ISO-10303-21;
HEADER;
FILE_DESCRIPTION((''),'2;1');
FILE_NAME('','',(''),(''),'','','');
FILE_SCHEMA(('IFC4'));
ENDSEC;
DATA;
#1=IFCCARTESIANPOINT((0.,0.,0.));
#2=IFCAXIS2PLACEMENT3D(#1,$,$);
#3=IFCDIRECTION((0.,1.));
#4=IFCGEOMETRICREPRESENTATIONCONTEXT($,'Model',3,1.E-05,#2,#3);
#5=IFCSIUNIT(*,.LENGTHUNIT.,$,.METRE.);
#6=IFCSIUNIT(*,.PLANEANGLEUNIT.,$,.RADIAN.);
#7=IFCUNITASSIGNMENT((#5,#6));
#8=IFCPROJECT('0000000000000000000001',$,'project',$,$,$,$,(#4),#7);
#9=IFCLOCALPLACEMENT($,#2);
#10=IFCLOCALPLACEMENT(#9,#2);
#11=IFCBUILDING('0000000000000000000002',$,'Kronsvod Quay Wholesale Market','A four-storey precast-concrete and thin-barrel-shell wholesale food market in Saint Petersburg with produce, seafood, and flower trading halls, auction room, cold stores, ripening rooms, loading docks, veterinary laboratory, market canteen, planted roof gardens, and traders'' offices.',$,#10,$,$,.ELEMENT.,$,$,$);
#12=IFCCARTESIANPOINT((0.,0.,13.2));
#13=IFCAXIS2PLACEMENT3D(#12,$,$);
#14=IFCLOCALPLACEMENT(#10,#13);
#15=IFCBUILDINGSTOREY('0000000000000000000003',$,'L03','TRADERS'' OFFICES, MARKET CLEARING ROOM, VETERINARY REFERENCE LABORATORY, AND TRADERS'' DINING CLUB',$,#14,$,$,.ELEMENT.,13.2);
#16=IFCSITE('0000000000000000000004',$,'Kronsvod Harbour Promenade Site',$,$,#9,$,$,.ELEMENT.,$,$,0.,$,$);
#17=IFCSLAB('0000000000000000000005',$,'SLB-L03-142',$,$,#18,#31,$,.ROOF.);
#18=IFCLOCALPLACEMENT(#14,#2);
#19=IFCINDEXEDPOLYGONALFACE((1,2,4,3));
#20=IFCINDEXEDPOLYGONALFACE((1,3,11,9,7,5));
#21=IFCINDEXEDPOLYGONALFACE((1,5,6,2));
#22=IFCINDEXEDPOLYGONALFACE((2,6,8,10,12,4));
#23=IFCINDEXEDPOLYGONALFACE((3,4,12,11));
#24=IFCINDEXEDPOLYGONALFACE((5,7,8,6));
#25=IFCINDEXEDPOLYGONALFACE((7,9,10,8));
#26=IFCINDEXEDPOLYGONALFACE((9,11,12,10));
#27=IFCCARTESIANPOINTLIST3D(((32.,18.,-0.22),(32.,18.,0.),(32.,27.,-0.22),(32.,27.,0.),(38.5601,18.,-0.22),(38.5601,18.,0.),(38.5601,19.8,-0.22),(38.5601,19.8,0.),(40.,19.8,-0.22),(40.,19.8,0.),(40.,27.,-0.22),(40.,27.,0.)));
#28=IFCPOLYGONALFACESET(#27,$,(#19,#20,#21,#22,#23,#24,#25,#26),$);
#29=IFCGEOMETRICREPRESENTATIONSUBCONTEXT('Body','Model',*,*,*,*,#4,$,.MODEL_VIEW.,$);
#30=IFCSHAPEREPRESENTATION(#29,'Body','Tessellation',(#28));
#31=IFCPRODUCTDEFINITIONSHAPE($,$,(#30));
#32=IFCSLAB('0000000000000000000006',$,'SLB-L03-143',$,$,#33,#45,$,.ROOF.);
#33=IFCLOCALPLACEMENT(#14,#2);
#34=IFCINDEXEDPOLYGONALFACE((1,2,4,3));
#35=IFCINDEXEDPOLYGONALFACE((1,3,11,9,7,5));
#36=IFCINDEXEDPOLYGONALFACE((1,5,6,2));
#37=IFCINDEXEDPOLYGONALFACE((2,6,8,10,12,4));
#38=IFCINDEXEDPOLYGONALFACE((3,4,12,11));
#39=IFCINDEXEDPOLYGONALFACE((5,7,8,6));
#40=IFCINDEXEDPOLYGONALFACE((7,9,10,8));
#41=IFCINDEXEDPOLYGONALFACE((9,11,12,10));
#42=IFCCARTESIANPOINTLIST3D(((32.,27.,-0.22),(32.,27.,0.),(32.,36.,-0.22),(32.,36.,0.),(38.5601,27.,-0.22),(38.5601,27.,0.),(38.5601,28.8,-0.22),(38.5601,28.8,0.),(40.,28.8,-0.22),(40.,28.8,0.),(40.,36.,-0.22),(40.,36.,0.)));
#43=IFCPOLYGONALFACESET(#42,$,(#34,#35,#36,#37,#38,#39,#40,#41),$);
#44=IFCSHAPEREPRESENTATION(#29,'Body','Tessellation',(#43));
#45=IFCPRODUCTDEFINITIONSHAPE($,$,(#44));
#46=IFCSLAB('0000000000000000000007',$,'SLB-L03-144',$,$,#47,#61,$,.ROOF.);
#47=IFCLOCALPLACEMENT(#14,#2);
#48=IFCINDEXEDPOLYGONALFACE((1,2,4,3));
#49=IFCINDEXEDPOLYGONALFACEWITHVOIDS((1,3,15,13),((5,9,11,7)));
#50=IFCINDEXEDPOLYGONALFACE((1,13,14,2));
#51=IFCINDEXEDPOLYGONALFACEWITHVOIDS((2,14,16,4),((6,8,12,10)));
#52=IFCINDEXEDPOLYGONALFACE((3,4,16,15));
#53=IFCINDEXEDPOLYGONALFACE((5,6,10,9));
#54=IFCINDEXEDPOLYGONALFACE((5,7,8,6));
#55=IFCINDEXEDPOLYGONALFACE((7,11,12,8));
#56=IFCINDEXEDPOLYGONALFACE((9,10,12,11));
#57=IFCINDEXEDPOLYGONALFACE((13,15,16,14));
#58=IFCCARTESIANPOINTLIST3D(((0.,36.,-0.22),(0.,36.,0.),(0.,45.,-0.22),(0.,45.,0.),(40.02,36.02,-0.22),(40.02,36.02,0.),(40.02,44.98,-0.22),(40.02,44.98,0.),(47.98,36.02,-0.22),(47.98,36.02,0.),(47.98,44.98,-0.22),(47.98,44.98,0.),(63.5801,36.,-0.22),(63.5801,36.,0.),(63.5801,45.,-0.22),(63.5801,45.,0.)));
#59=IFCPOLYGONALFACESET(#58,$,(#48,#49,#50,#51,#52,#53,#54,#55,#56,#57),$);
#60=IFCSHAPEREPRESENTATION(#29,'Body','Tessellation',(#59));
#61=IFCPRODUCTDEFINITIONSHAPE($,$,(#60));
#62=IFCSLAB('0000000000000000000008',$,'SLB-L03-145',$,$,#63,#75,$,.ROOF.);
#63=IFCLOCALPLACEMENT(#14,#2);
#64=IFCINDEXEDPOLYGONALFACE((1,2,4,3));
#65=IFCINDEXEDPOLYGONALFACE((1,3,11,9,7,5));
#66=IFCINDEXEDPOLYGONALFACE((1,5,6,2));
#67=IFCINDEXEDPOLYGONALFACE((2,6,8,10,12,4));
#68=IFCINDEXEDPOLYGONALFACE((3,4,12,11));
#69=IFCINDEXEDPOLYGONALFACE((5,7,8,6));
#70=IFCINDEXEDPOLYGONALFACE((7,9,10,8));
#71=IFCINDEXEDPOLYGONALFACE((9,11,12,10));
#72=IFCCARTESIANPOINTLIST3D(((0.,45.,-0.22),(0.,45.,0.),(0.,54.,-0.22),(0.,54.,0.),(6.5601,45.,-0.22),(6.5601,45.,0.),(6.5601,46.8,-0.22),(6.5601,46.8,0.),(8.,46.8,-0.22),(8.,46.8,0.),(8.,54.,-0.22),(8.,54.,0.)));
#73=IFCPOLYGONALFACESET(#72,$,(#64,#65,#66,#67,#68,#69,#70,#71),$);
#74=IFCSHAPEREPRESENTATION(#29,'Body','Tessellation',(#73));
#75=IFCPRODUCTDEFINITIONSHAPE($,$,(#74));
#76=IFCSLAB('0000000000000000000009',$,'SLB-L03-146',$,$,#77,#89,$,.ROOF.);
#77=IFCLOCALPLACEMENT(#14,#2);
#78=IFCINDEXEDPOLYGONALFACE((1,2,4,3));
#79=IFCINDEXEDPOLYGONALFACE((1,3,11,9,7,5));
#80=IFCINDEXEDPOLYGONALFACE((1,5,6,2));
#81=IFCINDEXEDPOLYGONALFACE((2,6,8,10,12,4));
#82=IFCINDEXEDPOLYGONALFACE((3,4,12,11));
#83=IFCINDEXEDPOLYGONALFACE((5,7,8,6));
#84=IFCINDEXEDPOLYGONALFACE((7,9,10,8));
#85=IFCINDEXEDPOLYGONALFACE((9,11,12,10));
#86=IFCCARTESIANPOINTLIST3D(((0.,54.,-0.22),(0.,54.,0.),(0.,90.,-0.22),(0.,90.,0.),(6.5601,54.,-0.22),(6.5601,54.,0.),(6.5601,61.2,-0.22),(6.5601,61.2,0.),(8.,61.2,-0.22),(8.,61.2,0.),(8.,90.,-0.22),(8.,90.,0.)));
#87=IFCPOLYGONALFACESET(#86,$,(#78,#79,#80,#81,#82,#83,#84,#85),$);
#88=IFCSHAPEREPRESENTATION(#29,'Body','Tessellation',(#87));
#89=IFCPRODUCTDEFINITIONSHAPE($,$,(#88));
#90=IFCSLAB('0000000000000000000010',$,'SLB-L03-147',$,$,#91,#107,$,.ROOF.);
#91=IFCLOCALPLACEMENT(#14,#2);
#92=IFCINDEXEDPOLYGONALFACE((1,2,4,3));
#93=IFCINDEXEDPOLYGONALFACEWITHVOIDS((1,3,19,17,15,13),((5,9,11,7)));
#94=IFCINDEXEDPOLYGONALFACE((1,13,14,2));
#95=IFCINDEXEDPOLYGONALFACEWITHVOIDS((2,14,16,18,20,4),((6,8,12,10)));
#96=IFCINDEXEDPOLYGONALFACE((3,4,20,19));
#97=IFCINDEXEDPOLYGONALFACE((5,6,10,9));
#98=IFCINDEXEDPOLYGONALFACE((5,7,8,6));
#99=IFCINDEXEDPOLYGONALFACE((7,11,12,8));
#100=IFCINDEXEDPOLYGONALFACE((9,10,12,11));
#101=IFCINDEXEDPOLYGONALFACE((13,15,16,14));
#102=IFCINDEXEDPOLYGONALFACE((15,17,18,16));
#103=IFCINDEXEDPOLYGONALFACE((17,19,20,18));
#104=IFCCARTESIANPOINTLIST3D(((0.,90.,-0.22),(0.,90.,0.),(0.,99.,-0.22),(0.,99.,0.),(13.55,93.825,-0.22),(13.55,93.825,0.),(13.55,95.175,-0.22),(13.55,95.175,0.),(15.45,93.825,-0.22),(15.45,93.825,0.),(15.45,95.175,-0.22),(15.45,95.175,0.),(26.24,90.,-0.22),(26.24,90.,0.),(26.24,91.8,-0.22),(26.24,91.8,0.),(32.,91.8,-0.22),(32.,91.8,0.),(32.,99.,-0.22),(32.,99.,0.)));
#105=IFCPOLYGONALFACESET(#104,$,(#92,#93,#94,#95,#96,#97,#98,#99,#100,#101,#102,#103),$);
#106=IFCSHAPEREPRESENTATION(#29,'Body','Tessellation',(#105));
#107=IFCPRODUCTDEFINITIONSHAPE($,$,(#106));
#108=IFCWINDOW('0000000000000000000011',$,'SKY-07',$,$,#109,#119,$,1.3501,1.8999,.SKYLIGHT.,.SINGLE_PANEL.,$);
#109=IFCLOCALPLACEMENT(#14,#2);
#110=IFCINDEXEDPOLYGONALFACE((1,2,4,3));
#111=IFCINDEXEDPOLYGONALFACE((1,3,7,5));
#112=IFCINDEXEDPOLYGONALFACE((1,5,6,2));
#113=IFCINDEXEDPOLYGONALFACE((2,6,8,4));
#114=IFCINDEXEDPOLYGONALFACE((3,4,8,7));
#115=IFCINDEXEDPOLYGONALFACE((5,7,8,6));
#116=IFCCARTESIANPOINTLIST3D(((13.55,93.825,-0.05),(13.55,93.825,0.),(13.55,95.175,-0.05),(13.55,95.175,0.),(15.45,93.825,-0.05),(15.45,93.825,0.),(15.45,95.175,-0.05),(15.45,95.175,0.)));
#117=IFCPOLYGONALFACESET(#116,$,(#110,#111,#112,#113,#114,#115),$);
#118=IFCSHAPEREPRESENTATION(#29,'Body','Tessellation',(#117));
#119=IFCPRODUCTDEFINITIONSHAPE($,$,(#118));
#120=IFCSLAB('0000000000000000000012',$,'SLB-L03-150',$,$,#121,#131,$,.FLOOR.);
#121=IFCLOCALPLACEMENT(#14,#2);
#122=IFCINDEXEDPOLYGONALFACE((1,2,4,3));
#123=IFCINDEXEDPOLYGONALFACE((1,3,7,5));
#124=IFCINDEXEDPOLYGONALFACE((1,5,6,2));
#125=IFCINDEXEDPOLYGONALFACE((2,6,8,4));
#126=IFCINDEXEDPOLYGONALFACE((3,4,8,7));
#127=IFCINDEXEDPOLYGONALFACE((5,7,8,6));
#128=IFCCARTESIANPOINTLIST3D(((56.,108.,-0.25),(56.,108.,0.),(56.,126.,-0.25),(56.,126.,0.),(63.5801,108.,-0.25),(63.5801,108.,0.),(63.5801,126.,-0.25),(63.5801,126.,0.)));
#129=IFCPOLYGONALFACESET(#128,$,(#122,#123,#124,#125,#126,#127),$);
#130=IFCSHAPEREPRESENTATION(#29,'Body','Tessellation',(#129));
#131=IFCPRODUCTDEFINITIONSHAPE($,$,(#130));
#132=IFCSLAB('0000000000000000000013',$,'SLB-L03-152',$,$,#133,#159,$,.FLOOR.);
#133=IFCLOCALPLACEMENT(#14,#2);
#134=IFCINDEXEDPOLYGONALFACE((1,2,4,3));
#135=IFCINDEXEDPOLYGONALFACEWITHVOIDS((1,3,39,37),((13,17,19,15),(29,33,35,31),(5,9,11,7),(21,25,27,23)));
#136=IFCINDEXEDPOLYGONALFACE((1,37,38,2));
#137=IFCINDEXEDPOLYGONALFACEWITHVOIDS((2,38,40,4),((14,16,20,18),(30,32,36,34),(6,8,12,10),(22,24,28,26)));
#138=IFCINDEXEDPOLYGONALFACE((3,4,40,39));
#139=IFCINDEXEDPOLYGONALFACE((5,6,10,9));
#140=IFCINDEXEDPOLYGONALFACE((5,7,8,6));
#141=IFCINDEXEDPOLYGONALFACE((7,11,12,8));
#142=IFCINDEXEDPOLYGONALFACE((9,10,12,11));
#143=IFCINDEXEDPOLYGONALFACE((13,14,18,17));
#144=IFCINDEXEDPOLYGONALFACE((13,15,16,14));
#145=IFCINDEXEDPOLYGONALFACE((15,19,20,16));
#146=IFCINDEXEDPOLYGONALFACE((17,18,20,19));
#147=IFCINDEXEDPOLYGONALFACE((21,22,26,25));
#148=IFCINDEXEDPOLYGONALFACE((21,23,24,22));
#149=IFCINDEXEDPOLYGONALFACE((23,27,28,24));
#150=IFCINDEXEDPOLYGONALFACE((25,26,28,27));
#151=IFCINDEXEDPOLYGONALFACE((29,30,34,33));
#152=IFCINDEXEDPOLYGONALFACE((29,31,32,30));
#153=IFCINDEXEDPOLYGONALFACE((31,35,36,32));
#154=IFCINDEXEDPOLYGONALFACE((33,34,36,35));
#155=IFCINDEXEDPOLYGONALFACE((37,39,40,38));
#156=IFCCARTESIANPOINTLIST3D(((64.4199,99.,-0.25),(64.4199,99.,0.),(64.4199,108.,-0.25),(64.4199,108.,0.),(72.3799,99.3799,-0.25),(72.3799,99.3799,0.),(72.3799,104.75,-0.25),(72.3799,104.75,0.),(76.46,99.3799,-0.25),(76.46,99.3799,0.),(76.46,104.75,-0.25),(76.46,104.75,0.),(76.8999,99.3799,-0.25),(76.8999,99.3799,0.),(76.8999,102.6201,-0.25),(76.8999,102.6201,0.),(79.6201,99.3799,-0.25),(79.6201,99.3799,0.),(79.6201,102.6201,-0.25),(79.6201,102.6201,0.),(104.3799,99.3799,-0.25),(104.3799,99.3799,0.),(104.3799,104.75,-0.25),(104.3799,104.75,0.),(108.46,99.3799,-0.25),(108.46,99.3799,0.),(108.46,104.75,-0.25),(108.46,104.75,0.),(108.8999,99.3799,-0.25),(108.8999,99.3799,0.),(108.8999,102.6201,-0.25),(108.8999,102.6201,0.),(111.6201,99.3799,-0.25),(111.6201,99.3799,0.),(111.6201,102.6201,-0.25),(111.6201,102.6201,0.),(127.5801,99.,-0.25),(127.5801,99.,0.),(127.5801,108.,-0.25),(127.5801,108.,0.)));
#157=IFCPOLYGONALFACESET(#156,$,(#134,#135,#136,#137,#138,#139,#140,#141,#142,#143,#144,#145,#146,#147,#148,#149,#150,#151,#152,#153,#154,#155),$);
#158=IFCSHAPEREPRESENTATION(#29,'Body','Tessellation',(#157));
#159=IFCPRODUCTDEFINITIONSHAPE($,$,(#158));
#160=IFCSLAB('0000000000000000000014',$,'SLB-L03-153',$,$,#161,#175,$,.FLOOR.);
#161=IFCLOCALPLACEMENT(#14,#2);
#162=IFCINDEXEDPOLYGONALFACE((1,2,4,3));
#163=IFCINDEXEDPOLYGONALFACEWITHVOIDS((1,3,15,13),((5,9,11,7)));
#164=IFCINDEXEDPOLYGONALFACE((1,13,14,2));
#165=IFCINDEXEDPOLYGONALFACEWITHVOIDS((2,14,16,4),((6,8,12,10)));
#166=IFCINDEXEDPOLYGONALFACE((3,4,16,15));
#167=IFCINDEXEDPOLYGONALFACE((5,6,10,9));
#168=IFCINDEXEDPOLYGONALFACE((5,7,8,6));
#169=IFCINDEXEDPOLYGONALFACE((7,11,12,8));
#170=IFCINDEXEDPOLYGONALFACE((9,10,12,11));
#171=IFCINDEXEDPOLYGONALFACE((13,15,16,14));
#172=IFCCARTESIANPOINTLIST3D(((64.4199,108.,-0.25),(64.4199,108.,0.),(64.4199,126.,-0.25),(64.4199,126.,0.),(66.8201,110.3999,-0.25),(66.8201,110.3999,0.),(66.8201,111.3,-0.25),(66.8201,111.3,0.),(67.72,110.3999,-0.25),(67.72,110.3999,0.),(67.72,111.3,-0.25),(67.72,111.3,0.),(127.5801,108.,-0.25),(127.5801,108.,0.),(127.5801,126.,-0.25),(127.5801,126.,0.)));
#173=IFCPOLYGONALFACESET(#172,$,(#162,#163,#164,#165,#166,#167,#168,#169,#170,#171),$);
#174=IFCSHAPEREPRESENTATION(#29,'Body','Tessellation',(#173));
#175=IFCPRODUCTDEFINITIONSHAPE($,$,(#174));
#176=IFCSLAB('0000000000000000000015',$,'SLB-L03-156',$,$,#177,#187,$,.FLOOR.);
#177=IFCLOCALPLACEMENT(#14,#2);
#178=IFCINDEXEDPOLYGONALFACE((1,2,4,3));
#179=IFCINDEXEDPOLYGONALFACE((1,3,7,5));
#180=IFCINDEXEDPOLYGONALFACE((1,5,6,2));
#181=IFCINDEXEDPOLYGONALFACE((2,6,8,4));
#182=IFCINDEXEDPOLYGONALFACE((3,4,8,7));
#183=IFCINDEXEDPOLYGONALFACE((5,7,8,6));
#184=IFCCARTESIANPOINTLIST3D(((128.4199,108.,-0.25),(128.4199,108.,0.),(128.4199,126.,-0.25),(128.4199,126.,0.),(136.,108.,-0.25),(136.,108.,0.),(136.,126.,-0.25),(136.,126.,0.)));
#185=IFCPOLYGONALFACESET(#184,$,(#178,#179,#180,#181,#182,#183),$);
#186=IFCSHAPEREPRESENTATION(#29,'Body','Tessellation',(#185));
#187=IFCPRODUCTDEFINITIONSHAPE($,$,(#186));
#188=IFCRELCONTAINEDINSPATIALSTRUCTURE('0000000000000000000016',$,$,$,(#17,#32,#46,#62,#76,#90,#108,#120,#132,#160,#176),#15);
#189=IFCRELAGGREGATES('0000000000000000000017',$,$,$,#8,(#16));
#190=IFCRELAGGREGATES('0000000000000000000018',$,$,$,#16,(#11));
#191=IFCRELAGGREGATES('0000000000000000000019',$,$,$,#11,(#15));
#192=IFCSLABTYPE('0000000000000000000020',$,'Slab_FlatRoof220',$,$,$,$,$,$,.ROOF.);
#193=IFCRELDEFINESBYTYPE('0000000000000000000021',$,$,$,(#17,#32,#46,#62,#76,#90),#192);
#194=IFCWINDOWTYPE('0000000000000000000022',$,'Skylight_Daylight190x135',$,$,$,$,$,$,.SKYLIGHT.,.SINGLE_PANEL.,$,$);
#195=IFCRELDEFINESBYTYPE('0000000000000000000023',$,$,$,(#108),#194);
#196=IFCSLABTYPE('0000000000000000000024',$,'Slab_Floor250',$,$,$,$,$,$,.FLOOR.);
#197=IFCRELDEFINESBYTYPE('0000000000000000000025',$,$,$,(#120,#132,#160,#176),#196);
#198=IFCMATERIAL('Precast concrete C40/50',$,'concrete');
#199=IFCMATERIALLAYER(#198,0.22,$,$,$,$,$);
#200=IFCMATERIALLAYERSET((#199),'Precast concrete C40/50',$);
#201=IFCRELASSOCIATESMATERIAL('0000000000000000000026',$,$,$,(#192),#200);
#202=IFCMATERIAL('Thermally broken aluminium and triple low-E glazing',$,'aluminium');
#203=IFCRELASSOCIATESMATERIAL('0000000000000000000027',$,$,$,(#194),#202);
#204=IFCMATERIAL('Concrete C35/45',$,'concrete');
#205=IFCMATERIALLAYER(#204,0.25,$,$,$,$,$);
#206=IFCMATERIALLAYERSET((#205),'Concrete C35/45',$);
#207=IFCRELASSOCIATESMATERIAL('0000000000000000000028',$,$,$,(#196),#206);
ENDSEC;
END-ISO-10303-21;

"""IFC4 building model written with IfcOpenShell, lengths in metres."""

from ifc_helpers import new_model, si_unit, direction, frame, origin, origin_2d, place, context, subcontext, project, spatial, polyline, rectangle, outline, extrude, material, layer, layer_set, type_object, element, fill, save


model = new_model("IFC4")

# Units and contexts
model_context = context("Model", 3, precision=1e-05, world=origin(), true_north=direction((0.0, 1.0)))
body_context = subcontext(model_context, "Body", "Model", "MODEL_VIEW")
ifc_project = project(units=[si_unit("LENGTHUNIT", "METRE"), si_unit("PLANEANGLEUNIT", "RADIAN")], contexts=[model_context])

# Site, building, storey
site_placement = place(None, origin())
site = spatial("IfcSite", under=ifc_project, at=site_placement, Name="Kronsvod Harbour Promenade Site", CompositionType="ELEMENT", RefElevation=0.0)
building_placement = place(site_placement, origin())
building = spatial("IfcBuilding", under=site, at=building_placement, Name="Kronsvod Quay Wholesale Market", Description="A four-storey precast-concrete and thin-barrel-shell wholesale food market in Saint Petersburg with produce, seafood, and flower trading halls, auction room, cold stores, ripening rooms, loading docks, veterinary laboratory, market canteen, planted roof gardens, and traders' offices.", CompositionType="ELEMENT")
storey_placement = place(building_placement, frame((0.0, 0.0, 13.2)))
storey = spatial("IfcBuildingStorey", under=building, at=storey_placement, Name="L03", Description="TRADERS' OFFICES, MARKET CLEARING ROOM, VETERINARY REFERENCE LABORATORY, AND TRADERS' DINING CLUB", CompositionType="ELEMENT", Elevation=13.2)

# Slabs
ifc_material_1 = material(Name="Precast concrete C40/50", Category="concrete")
ifc_layer_1 = layer(ifc_material_1, 0.22)
ifc_layer_set_1 = layer_set([ifc_layer_1], Name="Precast concrete C40/50")
slab_type_1 = type_object("IfcSlabType", Name="Slab_FlatRoof220", PredefinedType="ROOF", material=ifc_layer_set_1)
slab_1_placement = place(storey_placement, frame((0.0, 0.0, -0.22)))
element("IfcSlab", 1, at=slab_1_placement, inside=storey, type_object=slab_type_1, Name="SLB-L03-142", PredefinedType="ROOF", context=body_context, shape_type="SweptSolid", body=[
    extrude(outline(polyline([(32.0, 18.0), (38.5601, 18.0), (38.5601, 19.8), (40.0, 19.8), (40.0, 27.0), (32.0, 27.0), (32.0, 18.0)])), origin(), (0.0, 0.0, 1.0), 0.22),
])
slab_2_placement = place(storey_placement, frame((0.0, 0.0, -0.22)))
element("IfcSlab", 2, at=slab_2_placement, inside=storey, type_object=slab_type_1, Name="SLB-L03-143", PredefinedType="ROOF", context=body_context, shape_type="SweptSolid", body=[
    extrude(outline(polyline([(32.0, 27.0), (38.5601, 27.0), (38.5601, 28.8), (40.0, 28.8), (40.0, 36.0), (32.0, 36.0), (32.0, 27.0)])), origin(), (0.0, 0.0, 1.0), 0.22),
])
slab_3_placement = place(storey_placement, frame((0.0, 0.0, -0.22)))
element("IfcSlab", 3, at=slab_3_placement, inside=storey, type_object=slab_type_1, Name="SLB-L03-144", PredefinedType="ROOF", context=body_context, shape_type="SweptSolid", body=[
    extrude(outline(polyline([(0.0, 36.0), (63.5801, 36.0), (63.5801, 45.0), (0.0, 45.0), (0.0, 36.0)]), holes=[polyline([(40.02, 36.02), (47.98, 36.02), (47.98, 44.98), (40.02, 44.98), (40.02, 36.02)])]), origin(), (0.0, 0.0, 1.0), 0.22),
])
slab_4_placement = place(storey_placement, frame((0.0, 0.0, -0.22)))
element("IfcSlab", 4, at=slab_4_placement, inside=storey, type_object=slab_type_1, Name="SLB-L03-145", PredefinedType="ROOF", context=body_context, shape_type="SweptSolid", body=[
    extrude(outline(polyline([(0.0, 45.0), (6.5601, 45.0), (6.5601, 46.8), (8.0, 46.8), (8.0, 54.0), (0.0, 54.0), (0.0, 45.0)])), origin(), (0.0, 0.0, 1.0), 0.22),
])
slab_5_placement = place(storey_placement, frame((0.0, 0.0, -0.22)))
element("IfcSlab", 5, at=slab_5_placement, inside=storey, type_object=slab_type_1, Name="SLB-L03-146", PredefinedType="ROOF", context=body_context, shape_type="SweptSolid", body=[
    extrude(outline(polyline([(0.0, 54.0), (6.5601, 54.0), (6.5601, 61.2), (8.0, 61.2), (8.0, 90.0), (0.0, 90.0), (0.0, 54.0)])), origin(), (0.0, 0.0, 1.0), 0.22),
])

# Slab, opening, window
slab_6_placement = place(storey_placement, frame((0.0, 0.0, -0.22)))
slab_6 = element("IfcSlab", 6, at=slab_6_placement, inside=storey, type_object=slab_type_1, Name="SLB-L03-147", PredefinedType="ROOF", context=body_context, shape_type="SweptSolid", body=[
    extrude(outline(polyline([(0.0, 90.0), (26.24, 90.0), (26.24, 91.8), (32.0, 91.8), (32.0, 99.0), (0.0, 99.0), (0.0, 90.0)])), origin(), (0.0, 0.0, 1.0), 0.22),
])
opening_placement = place(slab_6_placement, frame((14.5, 94.5, 0.0)))
opening = element("IfcOpeningElement", 7, at=opening_placement, cuts=slab_6, PredefinedType="OPENING", context=body_context, shape_type="SweptSolid", body=[
    extrude(rectangle(XDim=1.8999, YDim=1.3501, at=origin_2d()), frame((0.0, 0.0, -0.01)), (0.0, 0.0, 1.0), 0.24),
])
ifc_material_2 = material(Name="Thermally broken aluminium and triple low-E glazing", Category="aluminium")
window_type = type_object("IfcWindowType", Name="Skylight_Daylight190x135", PartitioningType="SINGLE_PANEL", PredefinedType="SKYLIGHT", material=ifc_material_2)
window_placement = place(opening_placement, frame((0.0, 0.0, 0.1699)))
window = element("IfcWindow", 8, at=window_placement, inside=storey, type_object=window_type, Name="SKY-07", OverallHeight=1.3501, OverallWidth=1.8999, PartitioningType="SINGLE_PANEL", PredefinedType="SKYLIGHT", context=body_context, shape_type="SweptSolid", body=[
    extrude(rectangle(XDim=1.8999, YDim=1.3501, at=origin_2d()), origin(), (0.0, 0.0, 1.0), 0.05),
])
fill(opening, window)

# Slabs
ifc_material_3 = material(Name="Concrete C35/45", Category="concrete")
ifc_layer_2 = layer(ifc_material_3, 0.25)
ifc_layer_set_2 = layer_set([ifc_layer_2], Name="Concrete C35/45")
slab_type_2 = type_object("IfcSlabType", Name="Slab_Floor250", PredefinedType="FLOOR", material=ifc_layer_set_2)
slab_7_placement = place(storey_placement, frame((0.0, 0.0, -0.25)))
element("IfcSlab", 9, at=slab_7_placement, inside=storey, type_object=slab_type_2, Name="SLB-L03-150", PredefinedType="FLOOR", context=body_context, shape_type="SweptSolid", body=[
    extrude(outline(polyline([(56.0, 108.0), (63.5801, 108.0), (63.5801, 126.0), (56.0, 126.0), (56.0, 108.0)])), origin(), (0.0, 0.0, 1.0), 0.25),
])
slab_8_placement = place(storey_placement, frame((0.0, 0.0, -0.25)))
element("IfcSlab", 10, at=slab_8_placement, inside=storey, type_object=slab_type_2, Name="SLB-L03-152", PredefinedType="FLOOR", context=body_context, shape_type="SweptSolid", body=[
    extrude(outline(polyline([(64.4199, 99.0), (127.5801, 99.0), (127.5801, 108.0), (64.4199, 108.0), (64.4199, 99.0)]), holes=[polyline([(72.3799, 99.3799), (76.46, 99.3799), (76.46, 104.75), (72.3799, 104.75), (72.3799, 99.3799)]), polyline([(76.8999, 99.3799), (79.6201, 99.3799), (79.6201, 102.6201), (76.8999, 102.6201), (76.8999, 99.3799)]), polyline([(104.3799, 99.3799), (108.46, 99.3799), (108.46, 104.75), (104.3799, 104.75), (104.3799, 99.3799)]), polyline([(108.8999, 99.3799), (111.6201, 99.3799), (111.6201, 102.6201), (108.8999, 102.6201), (108.8999, 99.3799)])]), origin(), (0.0, 0.0, 1.0), 0.25),
])
slab_9_placement = place(storey_placement, frame((0.0, 0.0, -0.25)))
element("IfcSlab", 11, at=slab_9_placement, inside=storey, type_object=slab_type_2, Name="SLB-L03-153", PredefinedType="FLOOR", context=body_context, shape_type="SweptSolid", body=[
    extrude(outline(polyline([(64.4199, 108.0), (127.5801, 108.0), (127.5801, 126.0), (64.4199, 126.0), (64.4199, 108.0)]), holes=[polyline([(66.8201, 110.3999), (67.72, 110.3999), (67.72, 111.3), (66.8201, 111.3), (66.8201, 110.3999)])]), origin(), (0.0, 0.0, 1.0), 0.25),
])
slab_10_placement = place(storey_placement, frame((0.0, 0.0, -0.25)))
element("IfcSlab", 12, at=slab_10_placement, inside=storey, type_object=slab_type_2, Name="SLB-L03-156", PredefinedType="FLOOR", context=body_context, shape_type="SweptSolid", body=[
    extrude(outline(polyline([(128.4199, 108.0), (136.0, 108.0), (136.0, 126.0), (128.4199, 126.0), (128.4199, 108.0)])), origin(), (0.0, 0.0, 1.0), 0.25),
])

save(model, "model.ifc")
